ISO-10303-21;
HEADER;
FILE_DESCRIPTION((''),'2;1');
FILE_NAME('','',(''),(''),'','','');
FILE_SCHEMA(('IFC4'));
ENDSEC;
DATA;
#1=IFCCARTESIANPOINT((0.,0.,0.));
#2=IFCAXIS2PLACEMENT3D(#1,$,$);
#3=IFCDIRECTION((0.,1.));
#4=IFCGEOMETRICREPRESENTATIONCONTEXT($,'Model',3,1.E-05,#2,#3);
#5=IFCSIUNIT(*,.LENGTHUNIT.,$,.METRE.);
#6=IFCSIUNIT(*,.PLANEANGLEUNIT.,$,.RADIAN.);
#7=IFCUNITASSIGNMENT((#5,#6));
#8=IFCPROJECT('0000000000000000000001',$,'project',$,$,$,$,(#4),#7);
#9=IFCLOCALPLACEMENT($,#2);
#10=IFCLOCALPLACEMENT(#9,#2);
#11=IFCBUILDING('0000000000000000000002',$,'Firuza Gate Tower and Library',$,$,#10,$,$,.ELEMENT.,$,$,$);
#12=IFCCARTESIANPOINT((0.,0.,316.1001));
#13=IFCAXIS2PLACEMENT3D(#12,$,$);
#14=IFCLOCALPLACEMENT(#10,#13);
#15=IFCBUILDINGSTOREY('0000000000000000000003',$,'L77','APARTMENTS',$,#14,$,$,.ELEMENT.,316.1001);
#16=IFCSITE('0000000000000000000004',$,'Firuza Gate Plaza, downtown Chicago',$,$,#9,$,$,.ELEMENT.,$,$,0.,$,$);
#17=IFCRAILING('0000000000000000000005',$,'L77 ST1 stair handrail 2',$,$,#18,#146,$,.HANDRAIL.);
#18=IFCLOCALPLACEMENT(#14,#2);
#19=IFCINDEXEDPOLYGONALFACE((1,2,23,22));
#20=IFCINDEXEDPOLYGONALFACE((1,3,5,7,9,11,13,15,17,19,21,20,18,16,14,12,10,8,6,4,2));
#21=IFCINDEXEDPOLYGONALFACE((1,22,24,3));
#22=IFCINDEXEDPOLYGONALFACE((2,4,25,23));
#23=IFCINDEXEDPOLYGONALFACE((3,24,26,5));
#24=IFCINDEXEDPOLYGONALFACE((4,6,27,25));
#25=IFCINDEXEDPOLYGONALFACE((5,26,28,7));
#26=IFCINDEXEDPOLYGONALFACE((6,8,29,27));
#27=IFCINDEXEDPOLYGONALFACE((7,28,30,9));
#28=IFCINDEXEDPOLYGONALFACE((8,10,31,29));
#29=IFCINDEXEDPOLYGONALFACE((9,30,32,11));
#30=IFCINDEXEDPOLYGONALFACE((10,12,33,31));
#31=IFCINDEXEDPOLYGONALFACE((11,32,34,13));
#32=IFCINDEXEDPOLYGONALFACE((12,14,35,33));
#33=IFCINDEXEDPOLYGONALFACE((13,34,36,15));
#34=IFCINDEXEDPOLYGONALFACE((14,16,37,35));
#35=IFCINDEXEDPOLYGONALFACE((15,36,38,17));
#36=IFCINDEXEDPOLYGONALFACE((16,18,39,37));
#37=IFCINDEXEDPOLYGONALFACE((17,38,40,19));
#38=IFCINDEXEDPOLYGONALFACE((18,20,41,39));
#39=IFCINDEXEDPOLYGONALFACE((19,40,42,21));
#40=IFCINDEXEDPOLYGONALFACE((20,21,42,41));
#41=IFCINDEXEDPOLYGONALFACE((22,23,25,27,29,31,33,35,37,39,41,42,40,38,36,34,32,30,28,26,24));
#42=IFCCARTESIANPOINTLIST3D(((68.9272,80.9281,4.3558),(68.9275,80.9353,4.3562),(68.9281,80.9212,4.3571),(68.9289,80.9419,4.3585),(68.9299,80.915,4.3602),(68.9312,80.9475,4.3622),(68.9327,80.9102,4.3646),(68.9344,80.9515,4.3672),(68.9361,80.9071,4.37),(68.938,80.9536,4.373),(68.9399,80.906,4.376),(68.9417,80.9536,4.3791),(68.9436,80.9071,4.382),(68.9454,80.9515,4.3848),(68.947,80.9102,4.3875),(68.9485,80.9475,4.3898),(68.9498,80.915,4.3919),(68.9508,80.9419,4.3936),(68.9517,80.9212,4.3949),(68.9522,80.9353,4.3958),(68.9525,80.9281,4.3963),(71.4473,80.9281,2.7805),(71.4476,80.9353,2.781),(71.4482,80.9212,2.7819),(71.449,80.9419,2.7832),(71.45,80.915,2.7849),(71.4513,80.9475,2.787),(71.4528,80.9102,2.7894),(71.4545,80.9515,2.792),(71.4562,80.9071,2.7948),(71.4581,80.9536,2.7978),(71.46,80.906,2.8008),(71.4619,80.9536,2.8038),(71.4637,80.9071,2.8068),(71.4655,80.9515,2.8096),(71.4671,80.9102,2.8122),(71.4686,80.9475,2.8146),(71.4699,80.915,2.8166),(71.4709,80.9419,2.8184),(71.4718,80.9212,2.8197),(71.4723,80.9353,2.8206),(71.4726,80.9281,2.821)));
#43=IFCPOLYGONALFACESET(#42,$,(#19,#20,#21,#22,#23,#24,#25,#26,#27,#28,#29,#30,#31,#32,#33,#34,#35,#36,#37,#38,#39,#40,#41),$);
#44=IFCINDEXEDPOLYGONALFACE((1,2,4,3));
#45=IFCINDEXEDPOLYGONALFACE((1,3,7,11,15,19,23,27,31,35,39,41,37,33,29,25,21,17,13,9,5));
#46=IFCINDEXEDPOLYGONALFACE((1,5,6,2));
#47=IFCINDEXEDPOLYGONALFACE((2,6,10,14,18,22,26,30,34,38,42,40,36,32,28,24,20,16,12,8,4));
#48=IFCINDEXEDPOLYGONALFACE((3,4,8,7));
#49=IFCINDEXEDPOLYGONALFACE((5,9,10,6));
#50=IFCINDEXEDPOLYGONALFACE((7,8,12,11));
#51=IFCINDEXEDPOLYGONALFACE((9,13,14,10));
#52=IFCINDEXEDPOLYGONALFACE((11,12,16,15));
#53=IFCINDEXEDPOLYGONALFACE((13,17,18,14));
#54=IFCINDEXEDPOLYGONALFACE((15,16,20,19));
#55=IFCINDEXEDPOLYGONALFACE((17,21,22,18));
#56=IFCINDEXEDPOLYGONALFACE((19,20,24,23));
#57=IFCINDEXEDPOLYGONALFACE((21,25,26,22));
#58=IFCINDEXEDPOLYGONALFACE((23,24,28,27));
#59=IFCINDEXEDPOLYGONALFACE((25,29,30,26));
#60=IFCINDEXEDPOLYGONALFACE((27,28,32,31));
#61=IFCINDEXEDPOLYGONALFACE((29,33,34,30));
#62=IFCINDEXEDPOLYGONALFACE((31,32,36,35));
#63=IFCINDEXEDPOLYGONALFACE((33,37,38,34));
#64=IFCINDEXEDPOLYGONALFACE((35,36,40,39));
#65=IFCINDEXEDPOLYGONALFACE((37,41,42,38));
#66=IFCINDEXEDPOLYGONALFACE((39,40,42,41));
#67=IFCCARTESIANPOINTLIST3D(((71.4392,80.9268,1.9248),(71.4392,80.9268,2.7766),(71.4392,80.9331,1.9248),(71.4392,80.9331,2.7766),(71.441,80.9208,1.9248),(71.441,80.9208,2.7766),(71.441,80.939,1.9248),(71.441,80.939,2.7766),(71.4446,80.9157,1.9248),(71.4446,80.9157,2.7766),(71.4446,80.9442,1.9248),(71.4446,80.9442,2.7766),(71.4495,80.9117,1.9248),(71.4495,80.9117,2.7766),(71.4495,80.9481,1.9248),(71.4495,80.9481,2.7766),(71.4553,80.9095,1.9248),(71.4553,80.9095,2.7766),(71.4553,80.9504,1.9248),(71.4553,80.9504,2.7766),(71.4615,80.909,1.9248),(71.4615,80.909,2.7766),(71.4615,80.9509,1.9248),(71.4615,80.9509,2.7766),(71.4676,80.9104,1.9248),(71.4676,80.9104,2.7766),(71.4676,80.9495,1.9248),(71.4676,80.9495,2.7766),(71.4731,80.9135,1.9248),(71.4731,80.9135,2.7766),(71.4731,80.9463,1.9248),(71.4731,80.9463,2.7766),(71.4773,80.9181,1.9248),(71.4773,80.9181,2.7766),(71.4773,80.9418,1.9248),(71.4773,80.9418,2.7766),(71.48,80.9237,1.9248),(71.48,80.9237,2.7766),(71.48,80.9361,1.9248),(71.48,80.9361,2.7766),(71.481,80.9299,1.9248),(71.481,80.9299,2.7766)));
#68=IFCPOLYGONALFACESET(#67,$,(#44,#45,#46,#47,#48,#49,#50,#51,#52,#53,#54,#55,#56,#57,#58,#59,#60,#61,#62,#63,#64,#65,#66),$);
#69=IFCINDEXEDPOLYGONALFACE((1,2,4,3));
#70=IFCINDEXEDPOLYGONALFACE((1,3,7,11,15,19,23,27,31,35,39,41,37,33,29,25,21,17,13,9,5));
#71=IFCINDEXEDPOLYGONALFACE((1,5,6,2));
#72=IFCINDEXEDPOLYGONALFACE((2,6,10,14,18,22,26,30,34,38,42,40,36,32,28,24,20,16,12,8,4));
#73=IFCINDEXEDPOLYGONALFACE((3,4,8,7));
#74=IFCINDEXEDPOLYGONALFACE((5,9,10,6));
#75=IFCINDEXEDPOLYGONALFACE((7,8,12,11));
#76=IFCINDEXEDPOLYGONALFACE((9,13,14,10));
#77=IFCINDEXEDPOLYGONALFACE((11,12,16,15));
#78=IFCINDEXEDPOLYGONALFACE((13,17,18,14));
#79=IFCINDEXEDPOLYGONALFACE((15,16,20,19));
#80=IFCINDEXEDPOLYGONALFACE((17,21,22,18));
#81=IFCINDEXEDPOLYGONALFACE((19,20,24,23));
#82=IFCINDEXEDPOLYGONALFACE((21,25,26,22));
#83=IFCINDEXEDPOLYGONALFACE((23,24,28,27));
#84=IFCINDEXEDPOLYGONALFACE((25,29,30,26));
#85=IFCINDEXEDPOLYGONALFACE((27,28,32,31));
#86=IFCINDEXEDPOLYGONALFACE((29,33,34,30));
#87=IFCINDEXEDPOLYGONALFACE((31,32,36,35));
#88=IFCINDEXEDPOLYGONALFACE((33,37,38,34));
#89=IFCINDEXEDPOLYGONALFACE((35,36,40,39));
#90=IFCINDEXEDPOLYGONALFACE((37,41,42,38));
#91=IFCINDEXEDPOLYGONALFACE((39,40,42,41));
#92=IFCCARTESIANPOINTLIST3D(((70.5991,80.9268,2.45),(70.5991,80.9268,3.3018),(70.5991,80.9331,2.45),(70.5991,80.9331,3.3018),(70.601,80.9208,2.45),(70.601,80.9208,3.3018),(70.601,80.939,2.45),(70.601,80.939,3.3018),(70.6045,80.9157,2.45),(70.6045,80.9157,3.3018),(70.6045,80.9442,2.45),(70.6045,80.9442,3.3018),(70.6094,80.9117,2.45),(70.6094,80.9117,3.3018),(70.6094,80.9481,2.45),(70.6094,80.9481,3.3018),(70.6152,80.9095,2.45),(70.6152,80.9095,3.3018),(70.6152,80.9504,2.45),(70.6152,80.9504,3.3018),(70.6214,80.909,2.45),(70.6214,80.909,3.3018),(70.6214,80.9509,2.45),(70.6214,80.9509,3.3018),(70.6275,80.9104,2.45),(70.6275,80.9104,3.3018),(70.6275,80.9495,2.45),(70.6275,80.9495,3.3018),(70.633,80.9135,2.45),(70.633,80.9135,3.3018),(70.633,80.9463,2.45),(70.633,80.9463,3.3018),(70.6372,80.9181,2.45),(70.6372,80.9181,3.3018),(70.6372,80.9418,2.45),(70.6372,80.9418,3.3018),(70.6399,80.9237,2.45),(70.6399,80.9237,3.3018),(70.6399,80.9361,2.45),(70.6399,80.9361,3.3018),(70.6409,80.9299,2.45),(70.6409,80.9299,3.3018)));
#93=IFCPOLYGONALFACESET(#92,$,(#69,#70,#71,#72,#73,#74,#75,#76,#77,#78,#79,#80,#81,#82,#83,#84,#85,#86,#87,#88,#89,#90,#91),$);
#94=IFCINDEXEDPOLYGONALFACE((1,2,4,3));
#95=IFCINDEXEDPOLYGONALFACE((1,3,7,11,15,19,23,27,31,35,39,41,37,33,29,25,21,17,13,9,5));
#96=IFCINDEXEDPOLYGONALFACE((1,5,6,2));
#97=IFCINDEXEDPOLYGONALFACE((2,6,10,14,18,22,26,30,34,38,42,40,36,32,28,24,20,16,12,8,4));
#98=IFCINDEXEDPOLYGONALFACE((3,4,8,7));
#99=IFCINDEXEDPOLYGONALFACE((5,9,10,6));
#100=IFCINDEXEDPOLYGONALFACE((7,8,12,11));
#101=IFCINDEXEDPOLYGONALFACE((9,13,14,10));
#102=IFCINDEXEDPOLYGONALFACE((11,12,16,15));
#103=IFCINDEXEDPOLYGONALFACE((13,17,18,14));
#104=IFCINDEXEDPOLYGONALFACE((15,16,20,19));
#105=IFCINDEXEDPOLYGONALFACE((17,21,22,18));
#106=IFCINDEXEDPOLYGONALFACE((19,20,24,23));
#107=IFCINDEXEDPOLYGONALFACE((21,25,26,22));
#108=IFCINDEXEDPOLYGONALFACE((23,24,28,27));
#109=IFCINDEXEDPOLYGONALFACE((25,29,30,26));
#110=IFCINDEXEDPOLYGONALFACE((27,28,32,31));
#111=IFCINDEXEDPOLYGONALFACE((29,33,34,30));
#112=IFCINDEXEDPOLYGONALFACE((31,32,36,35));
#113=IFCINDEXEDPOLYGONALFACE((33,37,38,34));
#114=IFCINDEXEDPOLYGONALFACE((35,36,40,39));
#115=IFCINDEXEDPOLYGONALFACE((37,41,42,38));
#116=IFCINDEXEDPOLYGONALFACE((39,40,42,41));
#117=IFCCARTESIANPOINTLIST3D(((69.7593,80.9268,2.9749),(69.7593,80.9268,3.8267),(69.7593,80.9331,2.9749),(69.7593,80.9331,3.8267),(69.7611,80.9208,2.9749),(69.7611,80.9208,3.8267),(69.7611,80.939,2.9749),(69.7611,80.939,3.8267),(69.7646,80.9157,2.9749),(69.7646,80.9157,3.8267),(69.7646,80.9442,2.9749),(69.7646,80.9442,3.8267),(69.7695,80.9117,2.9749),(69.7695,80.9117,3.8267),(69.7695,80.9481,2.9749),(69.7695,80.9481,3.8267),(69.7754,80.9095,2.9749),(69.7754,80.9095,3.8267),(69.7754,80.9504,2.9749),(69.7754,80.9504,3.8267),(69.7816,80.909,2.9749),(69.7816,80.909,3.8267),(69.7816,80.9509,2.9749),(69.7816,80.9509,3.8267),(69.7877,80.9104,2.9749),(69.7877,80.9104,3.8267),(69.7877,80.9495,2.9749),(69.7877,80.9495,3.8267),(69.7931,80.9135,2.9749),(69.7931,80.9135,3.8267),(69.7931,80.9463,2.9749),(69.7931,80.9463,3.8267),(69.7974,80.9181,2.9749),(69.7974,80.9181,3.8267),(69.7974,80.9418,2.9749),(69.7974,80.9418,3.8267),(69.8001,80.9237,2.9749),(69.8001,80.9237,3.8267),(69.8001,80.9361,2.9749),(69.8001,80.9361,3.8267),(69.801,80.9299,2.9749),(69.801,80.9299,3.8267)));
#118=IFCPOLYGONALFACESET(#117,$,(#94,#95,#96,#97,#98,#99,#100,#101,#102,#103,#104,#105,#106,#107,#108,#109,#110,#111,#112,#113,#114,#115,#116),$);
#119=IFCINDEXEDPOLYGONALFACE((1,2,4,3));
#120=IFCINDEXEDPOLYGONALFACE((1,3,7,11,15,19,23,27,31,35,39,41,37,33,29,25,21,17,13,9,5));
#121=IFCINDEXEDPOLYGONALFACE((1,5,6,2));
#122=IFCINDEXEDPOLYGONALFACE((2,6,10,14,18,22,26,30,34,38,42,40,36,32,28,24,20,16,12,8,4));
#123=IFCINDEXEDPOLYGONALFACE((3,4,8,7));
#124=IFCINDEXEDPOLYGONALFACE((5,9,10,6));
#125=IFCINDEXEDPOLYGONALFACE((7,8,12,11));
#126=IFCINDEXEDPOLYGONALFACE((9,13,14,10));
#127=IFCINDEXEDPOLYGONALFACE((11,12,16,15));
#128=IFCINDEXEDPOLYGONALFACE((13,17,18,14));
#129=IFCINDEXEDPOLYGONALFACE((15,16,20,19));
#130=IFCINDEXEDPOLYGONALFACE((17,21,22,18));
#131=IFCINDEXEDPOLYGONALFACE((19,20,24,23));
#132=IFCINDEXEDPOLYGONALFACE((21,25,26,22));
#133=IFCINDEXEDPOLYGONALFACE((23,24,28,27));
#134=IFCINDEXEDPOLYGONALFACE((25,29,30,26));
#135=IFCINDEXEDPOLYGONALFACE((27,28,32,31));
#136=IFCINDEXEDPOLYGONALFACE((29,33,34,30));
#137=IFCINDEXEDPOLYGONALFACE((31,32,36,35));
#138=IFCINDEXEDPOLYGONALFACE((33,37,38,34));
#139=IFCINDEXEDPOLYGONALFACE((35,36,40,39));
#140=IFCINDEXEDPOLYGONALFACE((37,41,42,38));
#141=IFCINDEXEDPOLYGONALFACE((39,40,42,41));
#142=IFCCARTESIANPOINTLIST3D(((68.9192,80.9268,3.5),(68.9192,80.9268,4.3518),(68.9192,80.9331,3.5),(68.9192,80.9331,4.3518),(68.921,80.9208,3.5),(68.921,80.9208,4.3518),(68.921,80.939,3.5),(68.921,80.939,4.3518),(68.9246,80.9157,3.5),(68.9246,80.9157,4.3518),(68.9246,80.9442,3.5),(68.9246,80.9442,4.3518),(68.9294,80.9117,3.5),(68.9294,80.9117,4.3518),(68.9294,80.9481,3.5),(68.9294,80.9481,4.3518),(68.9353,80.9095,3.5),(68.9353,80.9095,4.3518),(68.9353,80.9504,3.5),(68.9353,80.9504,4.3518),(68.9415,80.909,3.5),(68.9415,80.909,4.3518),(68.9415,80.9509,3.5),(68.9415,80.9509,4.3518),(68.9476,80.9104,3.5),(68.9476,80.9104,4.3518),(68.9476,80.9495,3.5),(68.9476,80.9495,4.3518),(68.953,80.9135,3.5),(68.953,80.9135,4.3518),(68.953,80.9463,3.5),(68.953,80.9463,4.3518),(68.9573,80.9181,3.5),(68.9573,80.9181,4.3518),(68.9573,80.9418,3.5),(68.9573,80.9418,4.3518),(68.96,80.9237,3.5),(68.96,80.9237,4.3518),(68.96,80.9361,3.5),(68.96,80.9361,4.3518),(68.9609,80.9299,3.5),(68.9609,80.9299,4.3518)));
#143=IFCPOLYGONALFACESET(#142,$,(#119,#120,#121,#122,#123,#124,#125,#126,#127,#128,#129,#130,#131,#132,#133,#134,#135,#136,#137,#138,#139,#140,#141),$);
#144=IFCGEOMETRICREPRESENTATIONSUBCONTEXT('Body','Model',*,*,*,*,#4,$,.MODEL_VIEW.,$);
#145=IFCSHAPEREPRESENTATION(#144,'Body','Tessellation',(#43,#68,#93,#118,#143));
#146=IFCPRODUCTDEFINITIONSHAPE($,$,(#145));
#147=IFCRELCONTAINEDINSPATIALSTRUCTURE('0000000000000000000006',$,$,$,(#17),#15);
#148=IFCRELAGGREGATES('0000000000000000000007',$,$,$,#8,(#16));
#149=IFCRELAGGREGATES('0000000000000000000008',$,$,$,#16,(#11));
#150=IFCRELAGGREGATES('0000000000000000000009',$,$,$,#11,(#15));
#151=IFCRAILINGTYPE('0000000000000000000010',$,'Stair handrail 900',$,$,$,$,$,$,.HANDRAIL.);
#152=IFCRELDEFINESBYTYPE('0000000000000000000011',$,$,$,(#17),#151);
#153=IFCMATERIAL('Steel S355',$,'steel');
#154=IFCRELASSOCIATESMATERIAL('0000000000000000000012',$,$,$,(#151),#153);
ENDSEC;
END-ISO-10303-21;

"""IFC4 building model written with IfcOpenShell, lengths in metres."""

from ifc_helpers import new_model, si_unit, direction, frame, origin, origin_2d, place, context, subcontext, project, spatial, circle, extrude, material, type_object, element, save


model = new_model("IFC4")

# Units and contexts
model_context = context("Model", 3, precision=1e-05, world=origin(), true_north=direction((0.0, 1.0)))
body_context = subcontext(model_context, "Body", "Model", "MODEL_VIEW")
ifc_project = project(units=[si_unit("LENGTHUNIT", "METRE"), si_unit("PLANEANGLEUNIT", "RADIAN")], contexts=[model_context])

# Site, building, storey
site_placement = place(None, origin())
site = spatial("IfcSite", under=ifc_project, at=site_placement, Name="Firuza Gate Plaza, downtown Chicago", CompositionType="ELEMENT", RefElevation=0.0)
building_placement = place(site_placement, origin())
building = spatial("IfcBuilding", under=site, at=building_placement, Name="Firuza Gate Tower and Library", CompositionType="ELEMENT")
storey_placement = place(building_placement, frame((0.0, 0.0, 316.1001)))
storey = spatial("IfcBuildingStorey", under=building, at=storey_placement, Name="L77", Description="APARTMENTS", CompositionType="ELEMENT", Elevation=316.1001)

# Railing
ifc_material_1 = material(Name="Steel S355", Category="steel")
railing_type_1 = type_object("IfcRailingType", Name="Stair handrail 900", PredefinedType="HANDRAIL", material=ifc_material_1)
railing_1_placement = place(storey_placement, frame((71.46, 80.9299, 1.9248)))
element("IfcRailing", 1, at=railing_1_placement, inside=storey, type_object=railing_type_1, Name="L77 ST1 stair handrail 2", PredefinedType="HANDRAIL", context=body_context, shape_type="SweptSolid", body=[
    extrude(circle(Radius=0.0239, at=origin_2d()), frame((0.0, 0.0, 0.876), z_axis=(-0.847971, 0.0, 0.530043), x_axis=(0.0, -1.0, 0.0)), (0.0, 0.0, 1.0), 2.9719),
    extrude(circle(Radius=0.021, at=origin_2d()), origin(), (0.0, 0.0, 1.0), 0.8518),
    extrude(circle(Radius=0.021, at=origin_2d()), frame((-0.8401, 0.0, 0.5251)), (0.0, 0.0, 1.0), 0.8518),
    extrude(circle(Radius=0.021, at=origin_2d()), frame((-1.6799, 0.0, 1.05)), (0.0, 0.0, 1.0), 0.8518),
    extrude(circle(Radius=0.021, at=origin_2d()), frame((-2.52, 0.0, 1.5752)), (0.0, 0.0, 1.0), 0.8518),
])

save(model, "model.ifc")
